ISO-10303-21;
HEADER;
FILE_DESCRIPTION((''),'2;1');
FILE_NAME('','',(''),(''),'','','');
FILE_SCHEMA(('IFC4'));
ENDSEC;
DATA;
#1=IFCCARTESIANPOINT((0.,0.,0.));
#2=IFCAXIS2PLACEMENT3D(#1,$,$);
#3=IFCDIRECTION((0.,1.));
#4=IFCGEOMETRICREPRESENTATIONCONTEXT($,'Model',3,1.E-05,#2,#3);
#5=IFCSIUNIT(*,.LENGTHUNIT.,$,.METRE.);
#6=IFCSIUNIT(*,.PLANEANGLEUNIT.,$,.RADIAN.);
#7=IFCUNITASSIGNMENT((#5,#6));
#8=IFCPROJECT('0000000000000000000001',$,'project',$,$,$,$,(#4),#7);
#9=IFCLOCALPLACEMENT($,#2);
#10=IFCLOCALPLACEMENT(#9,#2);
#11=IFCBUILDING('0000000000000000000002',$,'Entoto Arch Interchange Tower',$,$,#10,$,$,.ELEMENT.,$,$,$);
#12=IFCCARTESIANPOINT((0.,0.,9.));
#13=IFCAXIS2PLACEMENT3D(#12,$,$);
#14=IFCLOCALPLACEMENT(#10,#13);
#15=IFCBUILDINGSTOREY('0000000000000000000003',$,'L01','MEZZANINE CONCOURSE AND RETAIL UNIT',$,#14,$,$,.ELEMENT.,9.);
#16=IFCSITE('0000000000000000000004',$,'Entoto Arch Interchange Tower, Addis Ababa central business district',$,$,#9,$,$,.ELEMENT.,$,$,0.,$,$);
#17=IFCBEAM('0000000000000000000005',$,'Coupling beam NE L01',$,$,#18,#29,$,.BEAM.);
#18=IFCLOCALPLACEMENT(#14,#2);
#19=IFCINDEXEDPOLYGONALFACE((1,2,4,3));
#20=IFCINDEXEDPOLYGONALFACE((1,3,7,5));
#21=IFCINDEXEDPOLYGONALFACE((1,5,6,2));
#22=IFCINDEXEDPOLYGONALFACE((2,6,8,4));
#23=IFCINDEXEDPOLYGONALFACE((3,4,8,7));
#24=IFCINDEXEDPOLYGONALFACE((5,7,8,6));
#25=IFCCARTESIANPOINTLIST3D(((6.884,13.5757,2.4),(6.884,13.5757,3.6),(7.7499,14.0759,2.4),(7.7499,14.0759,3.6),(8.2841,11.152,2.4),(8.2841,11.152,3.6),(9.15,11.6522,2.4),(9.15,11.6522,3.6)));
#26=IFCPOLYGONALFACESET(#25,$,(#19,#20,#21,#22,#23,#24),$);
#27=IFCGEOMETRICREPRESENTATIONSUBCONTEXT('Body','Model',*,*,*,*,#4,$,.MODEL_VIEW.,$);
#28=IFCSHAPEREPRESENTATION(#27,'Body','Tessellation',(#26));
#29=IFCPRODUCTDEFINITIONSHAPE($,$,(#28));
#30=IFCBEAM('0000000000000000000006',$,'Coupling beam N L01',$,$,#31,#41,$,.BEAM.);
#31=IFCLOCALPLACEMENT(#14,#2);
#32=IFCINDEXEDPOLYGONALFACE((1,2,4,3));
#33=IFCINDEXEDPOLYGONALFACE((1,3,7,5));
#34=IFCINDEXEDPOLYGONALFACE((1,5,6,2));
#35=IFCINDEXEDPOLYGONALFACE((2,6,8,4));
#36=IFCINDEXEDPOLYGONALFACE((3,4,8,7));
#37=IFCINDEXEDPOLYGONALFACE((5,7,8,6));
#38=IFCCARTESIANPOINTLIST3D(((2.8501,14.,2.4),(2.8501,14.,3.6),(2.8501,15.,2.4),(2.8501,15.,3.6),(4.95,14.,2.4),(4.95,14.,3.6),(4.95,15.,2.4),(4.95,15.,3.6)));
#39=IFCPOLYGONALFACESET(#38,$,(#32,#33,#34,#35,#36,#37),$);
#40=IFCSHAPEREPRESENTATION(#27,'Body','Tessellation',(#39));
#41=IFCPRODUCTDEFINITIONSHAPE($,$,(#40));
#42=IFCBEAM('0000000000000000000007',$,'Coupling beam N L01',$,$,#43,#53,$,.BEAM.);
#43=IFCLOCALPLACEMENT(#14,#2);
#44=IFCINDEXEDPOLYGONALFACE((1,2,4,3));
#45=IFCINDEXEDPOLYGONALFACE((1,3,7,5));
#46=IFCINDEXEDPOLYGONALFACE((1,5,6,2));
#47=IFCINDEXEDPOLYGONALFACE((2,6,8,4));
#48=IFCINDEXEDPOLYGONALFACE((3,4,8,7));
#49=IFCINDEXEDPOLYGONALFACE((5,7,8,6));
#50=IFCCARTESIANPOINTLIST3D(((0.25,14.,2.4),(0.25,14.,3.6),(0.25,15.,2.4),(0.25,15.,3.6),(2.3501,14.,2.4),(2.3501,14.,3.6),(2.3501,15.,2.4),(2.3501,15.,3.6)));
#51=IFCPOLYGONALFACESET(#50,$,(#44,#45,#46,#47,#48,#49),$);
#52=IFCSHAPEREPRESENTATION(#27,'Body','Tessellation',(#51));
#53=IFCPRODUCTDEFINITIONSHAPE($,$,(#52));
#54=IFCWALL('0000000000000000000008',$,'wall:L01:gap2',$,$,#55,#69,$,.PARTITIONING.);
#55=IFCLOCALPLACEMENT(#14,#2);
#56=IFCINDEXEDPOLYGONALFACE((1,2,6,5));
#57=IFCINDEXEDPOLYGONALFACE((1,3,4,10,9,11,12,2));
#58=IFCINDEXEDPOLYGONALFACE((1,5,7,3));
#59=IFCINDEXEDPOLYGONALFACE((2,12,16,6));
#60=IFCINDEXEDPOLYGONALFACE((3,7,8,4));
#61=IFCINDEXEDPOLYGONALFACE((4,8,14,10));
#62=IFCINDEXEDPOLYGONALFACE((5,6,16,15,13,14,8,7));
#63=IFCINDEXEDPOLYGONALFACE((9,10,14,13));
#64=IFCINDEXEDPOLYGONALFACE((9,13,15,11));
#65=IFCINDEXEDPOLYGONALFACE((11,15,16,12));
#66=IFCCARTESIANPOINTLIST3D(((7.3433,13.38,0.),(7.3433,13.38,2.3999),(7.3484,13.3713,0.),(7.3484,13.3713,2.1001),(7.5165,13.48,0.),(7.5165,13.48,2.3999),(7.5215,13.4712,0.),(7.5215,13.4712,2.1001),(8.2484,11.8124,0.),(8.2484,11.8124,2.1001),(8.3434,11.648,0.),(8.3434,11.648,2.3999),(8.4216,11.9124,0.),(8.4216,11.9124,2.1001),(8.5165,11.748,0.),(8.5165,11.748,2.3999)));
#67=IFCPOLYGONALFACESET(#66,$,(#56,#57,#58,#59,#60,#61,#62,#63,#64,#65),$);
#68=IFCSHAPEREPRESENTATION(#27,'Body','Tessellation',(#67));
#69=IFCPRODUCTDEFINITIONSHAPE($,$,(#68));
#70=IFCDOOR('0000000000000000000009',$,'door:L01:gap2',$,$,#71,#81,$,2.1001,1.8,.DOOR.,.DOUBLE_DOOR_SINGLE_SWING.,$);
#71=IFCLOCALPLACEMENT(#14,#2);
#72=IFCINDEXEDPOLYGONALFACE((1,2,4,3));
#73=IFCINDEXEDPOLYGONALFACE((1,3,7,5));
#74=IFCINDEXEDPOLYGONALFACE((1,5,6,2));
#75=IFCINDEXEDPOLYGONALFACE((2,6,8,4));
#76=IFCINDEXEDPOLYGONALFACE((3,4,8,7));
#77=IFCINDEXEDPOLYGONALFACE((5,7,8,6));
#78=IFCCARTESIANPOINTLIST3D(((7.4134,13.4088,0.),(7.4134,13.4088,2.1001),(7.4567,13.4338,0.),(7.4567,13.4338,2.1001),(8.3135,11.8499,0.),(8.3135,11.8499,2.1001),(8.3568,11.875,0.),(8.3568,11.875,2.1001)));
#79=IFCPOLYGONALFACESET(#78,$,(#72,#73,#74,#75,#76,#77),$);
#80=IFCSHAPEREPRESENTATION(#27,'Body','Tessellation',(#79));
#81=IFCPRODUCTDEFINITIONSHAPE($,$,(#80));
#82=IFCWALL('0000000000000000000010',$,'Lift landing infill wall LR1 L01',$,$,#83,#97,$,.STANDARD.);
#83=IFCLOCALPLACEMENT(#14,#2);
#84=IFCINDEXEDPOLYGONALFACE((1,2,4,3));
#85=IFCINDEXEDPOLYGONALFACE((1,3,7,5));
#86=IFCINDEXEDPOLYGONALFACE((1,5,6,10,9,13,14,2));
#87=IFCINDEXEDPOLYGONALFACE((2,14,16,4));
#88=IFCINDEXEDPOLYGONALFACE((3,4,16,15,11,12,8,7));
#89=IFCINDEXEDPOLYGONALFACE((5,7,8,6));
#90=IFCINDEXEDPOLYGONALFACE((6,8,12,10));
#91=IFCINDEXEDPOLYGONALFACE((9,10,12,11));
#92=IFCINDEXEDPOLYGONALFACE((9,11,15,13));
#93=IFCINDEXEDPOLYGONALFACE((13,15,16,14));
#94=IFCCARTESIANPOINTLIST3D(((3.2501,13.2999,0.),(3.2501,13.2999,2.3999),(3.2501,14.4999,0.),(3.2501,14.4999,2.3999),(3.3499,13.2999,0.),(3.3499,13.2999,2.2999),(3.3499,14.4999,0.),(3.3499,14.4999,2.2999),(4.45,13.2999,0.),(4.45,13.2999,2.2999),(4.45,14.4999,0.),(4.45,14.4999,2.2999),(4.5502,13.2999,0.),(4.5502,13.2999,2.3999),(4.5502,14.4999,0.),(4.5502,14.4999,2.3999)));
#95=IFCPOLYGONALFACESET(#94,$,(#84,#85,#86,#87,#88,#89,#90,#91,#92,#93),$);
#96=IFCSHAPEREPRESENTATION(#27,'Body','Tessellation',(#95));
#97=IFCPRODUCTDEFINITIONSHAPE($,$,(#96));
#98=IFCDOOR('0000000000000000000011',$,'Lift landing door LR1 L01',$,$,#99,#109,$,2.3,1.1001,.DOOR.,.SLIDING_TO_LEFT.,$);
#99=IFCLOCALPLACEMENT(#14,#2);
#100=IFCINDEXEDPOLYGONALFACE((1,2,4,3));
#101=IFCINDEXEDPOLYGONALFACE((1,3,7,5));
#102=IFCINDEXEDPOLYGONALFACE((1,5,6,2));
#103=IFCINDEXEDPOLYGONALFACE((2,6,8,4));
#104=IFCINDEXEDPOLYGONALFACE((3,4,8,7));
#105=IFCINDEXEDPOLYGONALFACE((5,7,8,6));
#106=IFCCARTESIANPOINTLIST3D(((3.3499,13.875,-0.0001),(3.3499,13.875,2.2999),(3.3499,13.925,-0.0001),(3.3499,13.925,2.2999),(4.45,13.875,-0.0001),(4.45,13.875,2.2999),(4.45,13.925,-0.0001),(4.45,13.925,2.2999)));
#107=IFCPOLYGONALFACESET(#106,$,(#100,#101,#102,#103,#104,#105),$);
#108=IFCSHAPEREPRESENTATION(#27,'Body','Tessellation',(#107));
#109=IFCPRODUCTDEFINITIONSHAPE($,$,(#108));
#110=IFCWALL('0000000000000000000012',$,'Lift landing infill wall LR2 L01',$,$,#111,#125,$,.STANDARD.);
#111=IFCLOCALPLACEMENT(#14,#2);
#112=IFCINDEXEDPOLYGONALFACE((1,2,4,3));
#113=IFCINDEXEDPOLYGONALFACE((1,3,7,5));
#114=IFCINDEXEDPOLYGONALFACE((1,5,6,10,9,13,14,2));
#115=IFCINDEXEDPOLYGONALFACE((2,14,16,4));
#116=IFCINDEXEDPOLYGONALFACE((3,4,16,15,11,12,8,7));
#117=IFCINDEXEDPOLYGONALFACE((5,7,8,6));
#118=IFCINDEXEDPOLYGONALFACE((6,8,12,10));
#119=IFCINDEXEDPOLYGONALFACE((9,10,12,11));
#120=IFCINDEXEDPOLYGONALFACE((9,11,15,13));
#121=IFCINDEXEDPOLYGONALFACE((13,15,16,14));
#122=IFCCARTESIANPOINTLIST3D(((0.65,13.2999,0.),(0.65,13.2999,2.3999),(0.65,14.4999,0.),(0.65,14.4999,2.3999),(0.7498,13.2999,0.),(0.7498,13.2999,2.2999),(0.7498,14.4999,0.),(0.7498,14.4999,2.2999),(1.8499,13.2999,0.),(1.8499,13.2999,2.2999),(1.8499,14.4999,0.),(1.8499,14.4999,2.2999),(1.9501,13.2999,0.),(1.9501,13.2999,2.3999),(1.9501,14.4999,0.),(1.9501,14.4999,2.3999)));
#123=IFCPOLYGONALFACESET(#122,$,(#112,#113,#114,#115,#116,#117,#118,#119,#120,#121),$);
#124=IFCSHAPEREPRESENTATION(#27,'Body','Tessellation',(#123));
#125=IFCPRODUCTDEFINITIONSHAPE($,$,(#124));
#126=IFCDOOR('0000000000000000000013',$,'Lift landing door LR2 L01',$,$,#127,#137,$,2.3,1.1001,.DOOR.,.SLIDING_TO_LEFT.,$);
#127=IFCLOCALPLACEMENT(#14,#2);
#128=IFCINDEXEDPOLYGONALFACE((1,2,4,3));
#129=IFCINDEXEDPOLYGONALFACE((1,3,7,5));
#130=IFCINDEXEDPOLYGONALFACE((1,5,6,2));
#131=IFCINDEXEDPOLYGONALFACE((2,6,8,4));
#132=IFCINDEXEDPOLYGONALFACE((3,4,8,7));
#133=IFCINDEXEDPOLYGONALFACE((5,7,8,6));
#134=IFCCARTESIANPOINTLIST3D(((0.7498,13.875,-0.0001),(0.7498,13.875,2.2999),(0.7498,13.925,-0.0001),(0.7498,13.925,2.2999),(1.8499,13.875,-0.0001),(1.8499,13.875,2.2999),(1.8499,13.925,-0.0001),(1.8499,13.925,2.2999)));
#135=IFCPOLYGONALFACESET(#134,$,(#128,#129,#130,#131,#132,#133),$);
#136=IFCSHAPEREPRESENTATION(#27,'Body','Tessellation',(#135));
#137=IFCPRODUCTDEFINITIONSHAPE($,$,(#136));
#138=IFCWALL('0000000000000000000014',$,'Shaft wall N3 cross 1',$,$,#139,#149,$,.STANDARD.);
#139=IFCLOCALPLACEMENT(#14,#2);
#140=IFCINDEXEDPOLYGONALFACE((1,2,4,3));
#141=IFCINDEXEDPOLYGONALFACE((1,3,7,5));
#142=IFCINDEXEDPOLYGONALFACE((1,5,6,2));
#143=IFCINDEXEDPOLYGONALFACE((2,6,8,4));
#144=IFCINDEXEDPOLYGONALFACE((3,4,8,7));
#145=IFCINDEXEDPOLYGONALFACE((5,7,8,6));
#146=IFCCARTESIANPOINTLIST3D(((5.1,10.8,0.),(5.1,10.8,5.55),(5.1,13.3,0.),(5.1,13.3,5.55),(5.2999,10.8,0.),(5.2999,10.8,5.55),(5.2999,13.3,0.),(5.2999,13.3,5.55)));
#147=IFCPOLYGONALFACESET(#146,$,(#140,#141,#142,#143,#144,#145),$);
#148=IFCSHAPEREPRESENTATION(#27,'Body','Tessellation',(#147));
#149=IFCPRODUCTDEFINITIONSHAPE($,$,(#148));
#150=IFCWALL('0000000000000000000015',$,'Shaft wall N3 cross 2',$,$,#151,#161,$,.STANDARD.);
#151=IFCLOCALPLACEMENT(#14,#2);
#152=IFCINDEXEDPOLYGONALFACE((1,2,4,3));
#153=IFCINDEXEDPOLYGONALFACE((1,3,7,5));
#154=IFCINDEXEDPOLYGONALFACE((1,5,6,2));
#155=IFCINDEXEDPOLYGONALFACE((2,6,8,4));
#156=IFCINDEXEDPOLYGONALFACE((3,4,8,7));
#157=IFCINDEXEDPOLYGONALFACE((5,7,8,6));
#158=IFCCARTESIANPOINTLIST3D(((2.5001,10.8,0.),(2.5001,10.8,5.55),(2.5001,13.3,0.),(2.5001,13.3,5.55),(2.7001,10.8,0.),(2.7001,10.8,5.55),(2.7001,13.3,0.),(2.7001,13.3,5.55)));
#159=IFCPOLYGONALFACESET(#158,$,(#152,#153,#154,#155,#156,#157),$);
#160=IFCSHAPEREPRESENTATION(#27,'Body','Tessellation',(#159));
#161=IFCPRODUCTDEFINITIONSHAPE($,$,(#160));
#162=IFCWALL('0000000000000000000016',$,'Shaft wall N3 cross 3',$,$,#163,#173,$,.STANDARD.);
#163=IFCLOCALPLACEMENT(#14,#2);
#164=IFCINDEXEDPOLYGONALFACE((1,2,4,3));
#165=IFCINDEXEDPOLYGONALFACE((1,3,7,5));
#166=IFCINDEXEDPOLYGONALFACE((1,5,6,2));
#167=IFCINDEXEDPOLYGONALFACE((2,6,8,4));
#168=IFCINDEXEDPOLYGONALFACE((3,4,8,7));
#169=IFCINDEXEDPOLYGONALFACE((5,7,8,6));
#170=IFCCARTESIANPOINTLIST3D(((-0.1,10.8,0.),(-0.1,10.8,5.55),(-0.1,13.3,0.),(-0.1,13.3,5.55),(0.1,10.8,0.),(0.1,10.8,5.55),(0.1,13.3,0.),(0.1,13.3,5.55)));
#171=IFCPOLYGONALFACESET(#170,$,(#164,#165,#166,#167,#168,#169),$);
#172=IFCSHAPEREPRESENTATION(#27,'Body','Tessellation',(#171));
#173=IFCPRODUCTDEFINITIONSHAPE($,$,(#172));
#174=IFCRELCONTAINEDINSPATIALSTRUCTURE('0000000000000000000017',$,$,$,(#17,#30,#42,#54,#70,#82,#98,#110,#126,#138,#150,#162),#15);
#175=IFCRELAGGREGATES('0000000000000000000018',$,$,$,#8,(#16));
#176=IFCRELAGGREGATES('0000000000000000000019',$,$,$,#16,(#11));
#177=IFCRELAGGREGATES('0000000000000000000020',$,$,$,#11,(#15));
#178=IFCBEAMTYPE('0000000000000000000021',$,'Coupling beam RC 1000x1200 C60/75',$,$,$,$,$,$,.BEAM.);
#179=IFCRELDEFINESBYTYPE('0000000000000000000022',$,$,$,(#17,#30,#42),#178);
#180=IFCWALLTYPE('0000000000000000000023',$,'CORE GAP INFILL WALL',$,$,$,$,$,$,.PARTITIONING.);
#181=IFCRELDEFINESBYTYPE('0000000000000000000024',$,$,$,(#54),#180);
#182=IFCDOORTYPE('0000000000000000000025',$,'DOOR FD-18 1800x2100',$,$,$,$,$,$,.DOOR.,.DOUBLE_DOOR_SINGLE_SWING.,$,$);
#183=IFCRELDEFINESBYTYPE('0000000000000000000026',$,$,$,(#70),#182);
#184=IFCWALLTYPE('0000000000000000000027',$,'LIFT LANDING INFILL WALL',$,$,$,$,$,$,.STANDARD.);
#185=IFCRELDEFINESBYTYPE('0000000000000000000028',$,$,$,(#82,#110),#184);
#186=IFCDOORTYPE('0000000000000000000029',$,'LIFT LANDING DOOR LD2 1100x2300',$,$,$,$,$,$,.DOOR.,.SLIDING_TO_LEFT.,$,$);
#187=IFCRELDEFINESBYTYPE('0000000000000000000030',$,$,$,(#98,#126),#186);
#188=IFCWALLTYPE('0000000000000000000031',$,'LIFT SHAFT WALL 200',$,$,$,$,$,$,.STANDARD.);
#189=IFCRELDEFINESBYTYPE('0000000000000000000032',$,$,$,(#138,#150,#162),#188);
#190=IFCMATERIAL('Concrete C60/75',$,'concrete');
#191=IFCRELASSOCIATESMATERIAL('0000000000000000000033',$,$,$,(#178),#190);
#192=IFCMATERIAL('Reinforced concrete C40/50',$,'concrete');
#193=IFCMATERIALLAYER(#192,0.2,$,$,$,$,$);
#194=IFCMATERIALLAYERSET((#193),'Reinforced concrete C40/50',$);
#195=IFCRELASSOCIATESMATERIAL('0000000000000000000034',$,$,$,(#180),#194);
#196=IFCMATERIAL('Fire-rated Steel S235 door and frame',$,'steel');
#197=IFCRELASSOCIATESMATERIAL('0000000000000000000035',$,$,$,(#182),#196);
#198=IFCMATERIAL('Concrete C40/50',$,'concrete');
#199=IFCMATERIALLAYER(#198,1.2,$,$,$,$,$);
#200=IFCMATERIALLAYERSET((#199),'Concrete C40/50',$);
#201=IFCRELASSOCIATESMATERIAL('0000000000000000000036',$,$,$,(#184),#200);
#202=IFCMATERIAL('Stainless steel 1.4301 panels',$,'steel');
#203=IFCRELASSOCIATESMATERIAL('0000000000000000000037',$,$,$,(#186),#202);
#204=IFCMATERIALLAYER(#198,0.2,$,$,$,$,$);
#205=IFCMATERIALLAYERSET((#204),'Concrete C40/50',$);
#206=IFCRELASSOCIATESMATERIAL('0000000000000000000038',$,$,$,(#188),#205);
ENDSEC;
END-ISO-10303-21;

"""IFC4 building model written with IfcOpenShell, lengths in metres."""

from ifc_helpers import new_model, si_unit, direction, frame, frame_2d, origin, origin_2d, place, context, subcontext, project, spatial, rectangle, extrude, material, layer, layer_set, material_profile, profile_set, type_object, element, fill, save


model = new_model("IFC4")

# Units and contexts
model_context = context("Model", 3, precision=1e-05, world=origin(), true_north=direction((0.0, 1.0)))
body_context = subcontext(model_context, "Body", "Model", "MODEL_VIEW")
ifc_project = project(units=[si_unit("LENGTHUNIT", "METRE"), si_unit("PLANEANGLEUNIT", "RADIAN")], contexts=[model_context])

# Site, building, storey
site_placement = place(None, origin())
site = spatial("IfcSite", under=ifc_project, at=site_placement, Name="Entoto Arch Interchange Tower, Addis Ababa central business district", CompositionType="ELEMENT", RefElevation=0.0)
building_placement = place(site_placement, origin())
building = spatial("IfcBuilding", under=site, at=building_placement, Name="Entoto Arch Interchange Tower", CompositionType="ELEMENT")
storey_placement = place(building_placement, frame((0.0, 0.0, 9.0)))
storey = spatial("IfcBuildingStorey", under=building, at=storey_placement, Name="L01", Description="MEZZANINE CONCOURSE AND RETAIL UNIT", CompositionType="ELEMENT", Elevation=9.0)

# Beams
ifc_material_1 = material(Name="Concrete C60/75", Category="concrete")
ifc_material_profile = material_profile(ifc_material_1, rectangle(XDim=1.0, YDim=1.2, at=origin_2d()))
ifc_profile_set = profile_set([ifc_material_profile], Name="Concrete C60/75")
beam_type = type_object("IfcBeamType", Name="Coupling beam RC 1000x1200 C60/75", PredefinedType="BEAM", material=ifc_profile_set)
beam_1_placement = place(storey_placement, frame((8.717, 11.4021, 3.0), z_axis=(-0.500201, 0.86591, 0.0), x_axis=(-0.86591, -0.500201, 0.0)))
element("IfcBeam", 1, at=beam_1_placement, inside=storey, type_object=beam_type, Name="Coupling beam NE L01", PredefinedType="BEAM", context=body_context, shape_type="SweptSolid", body=[
    extrude(rectangle(XDim=1.0, YDim=1.2, at=origin_2d()), origin(), (0.0, 0.0, 1.0), 2.7991),
])
beam_2_placement = place(storey_placement, frame((4.95, 14.5, 3.0), z_axis=(-1.0, 0.0, 0.0), x_axis=(0.0, -1.0, 0.0)))
element("IfcBeam", 2, at=beam_2_placement, inside=storey, type_object=beam_type, Name="Coupling beam N L01", PredefinedType="BEAM", context=body_context, shape_type="SweptSolid", body=[
    extrude(rectangle(XDim=1.0, YDim=1.2, at=origin_2d()), origin(), (0.0, 0.0, 1.0), 2.0999),
])
beam_3_placement = place(storey_placement, frame((2.3501, 14.5, 3.0), z_axis=(-1.0, 0.0, 0.0), x_axis=(0.0, -1.0, 0.0)))
element("IfcBeam", 3, at=beam_3_placement, inside=storey, type_object=beam_type, Name="Coupling beam N L01", PredefinedType="BEAM", context=body_context, shape_type="SweptSolid", body=[
    extrude(rectangle(XDim=1.0, YDim=1.2, at=origin_2d()), origin(), (0.0, 0.0, 1.0), 2.1001),
])

# Walls, openings, doors
ifc_material_2 = material(Name="Reinforced concrete C40/50", Category="concrete")
ifc_layer_1 = layer(ifc_material_2, 0.2)
ifc_layer_set_1 = layer_set([ifc_layer_1], Name="Reinforced concrete C40/50")
wall_type_1 = type_object("IfcWallType", Name="CORE GAP INFILL WALL", PredefinedType="PARTITIONING", material=ifc_layer_set_1)
wall_1_placement = place(storey_placement, frame((8.4299, 11.698, 0.0), z_axis=(0.0, 0.0, 1.0), x_axis=(-0.500025, 0.866011, 0.0)))
wall_1 = element("IfcWall", 4, at=wall_1_placement, inside=storey, type_object=wall_type_1, Name="wall:L01:gap2", PredefinedType="PARTITIONING", context=body_context, shape_type="SweptSolid", body=[
    extrude(rectangle(XDim=2.0, YDim=0.2, at=frame_2d((1.0, 0.0))), origin(), (0.0, 0.0, 1.0), 2.3999),
])
opening_1_placement = place(wall_1_placement, frame((0.1899, 0.0, 0.0)))
opening_1 = element("IfcOpeningElement", 5, at=opening_1_placement, cuts=wall_1, PredefinedType="OPENING", context=body_context, shape_type="SweptSolid", body=[
    extrude(rectangle(XDim=1.8, YDim=2.1001, at=frame_2d((0.8999, 1.05))), frame((0.0, 0.1099, 0.0), z_axis=(0.0, -1.0, 0.0), x_axis=(1.0, 0.0, 0.0)), (0.0, 0.0, 1.0), 0.22),
])
ifc_material_3 = material(Name="Fire-rated Steel S235 door and frame", Category="steel")
door_type_1 = type_object("IfcDoorType", Name="DOOR FD-18 1800x2100", OperationType="DOUBLE_DOOR_SINGLE_SWING", PredefinedType="DOOR", material=ifc_material_3)
door_1_placement = place(opening_1_placement, origin())
door_1 = element("IfcDoor", 6, at=door_1_placement, inside=storey, type_object=door_type_1, Name="door:L01:gap2", OperationType="DOUBLE_DOOR_SINGLE_SWING", OverallHeight=2.1001, OverallWidth=1.8, PredefinedType="DOOR", context=body_context, shape_type="SweptSolid", body=[
    extrude(rectangle(XDim=1.8, YDim=2.1001, at=frame_2d((0.8999, 1.05))), frame((0.0, 0.0249, 0.0), z_axis=(0.0, -1.0, 0.0), x_axis=(1.0, 0.0, 0.0)), (0.0, 0.0, 1.0), 0.05),
])
fill(opening_1, door_1)
ifc_material_4 = material(Name="Concrete C40/50", Category="concrete")
ifc_layer_2 = layer(ifc_material_4, 1.2)
ifc_layer_set_2 = layer_set([ifc_layer_2], Name="Concrete C40/50")
wall_type_2 = type_object("IfcWallType", Name="LIFT LANDING INFILL WALL", PredefinedType="STANDARD", material=ifc_layer_set_2)
wall_2_placement = place(storey_placement, frame((4.55, 13.8999, 0.0), z_axis=(0.0, 0.0, 1.0), x_axis=(-1.0, 0.0, 0.0)))
wall_2 = element("IfcWall", 7, at=wall_2_placement, inside=storey, type_object=wall_type_2, Name="Lift landing infill wall LR1 L01", PredefinedType="STANDARD", context=body_context, shape_type="SweptSolid", body=[
    extrude(rectangle(XDim=1.3, YDim=1.2, at=frame_2d((0.6499, 0.0))), origin(), (0.0, 0.0, 1.0), 2.3999),
])
opening_2_placement = place(wall_2_placement, frame((0.1001, 0.0, 0.0)))
opening_2 = element("IfcOpeningElement", 8, at=opening_2_placement, cuts=wall_2, PredefinedType="OPENING", context=body_context, shape_type="SweptSolid", body=[
    extrude(rectangle(XDim=1.1001, YDim=2.3, at=frame_2d((0.55, 1.1499))), frame((0.0, 0.6099, 0.0), z_axis=(0.0, -1.0, 0.0), x_axis=(1.0, 0.0, 0.0)), (0.0, 0.0, 1.0), 1.22),
])
ifc_material_5 = material(Name="Stainless steel 1.4301 panels", Category="steel")
door_type_2 = type_object("IfcDoorType", Name="LIFT LANDING DOOR LD2 1100x2300", OperationType="SLIDING_TO_LEFT", PredefinedType="DOOR", material=ifc_material_5)
door_2_placement = place(opening_2_placement, origin())
door_2 = element("IfcDoor", 9, at=door_2_placement, inside=storey, type_object=door_type_2, Name="Lift landing door LR1 L01", OperationType="SLIDING_TO_LEFT", OverallHeight=2.3, OverallWidth=1.1001, PredefinedType="DOOR", context=body_context, shape_type="SweptSolid", body=[
    extrude(rectangle(XDim=1.1001, YDim=2.3, at=frame_2d((0.55, 1.1499))), frame((0.0, 0.0249, 0.0), z_axis=(0.0, -1.0, 0.0), x_axis=(1.0, 0.0, 0.0)), (0.0, 0.0, 1.0), 0.05),
])
fill(opening_2, door_2)
wall_3_placement = place(storey_placement, frame((1.95, 13.8999, 0.0), z_axis=(0.0, 0.0, 1.0), x_axis=(-1.0, 0.0, 0.0)))
wall_3 = element("IfcWall", 10, at=wall_3_placement, inside=storey, type_object=wall_type_2, Name="Lift landing infill wall LR2 L01", PredefinedType="STANDARD", context=body_context, shape_type="SweptSolid", body=[
    extrude(rectangle(XDim=1.3, YDim=1.2, at=frame_2d((0.6499, 0.0))), origin(), (0.0, 0.0, 1.0), 2.3999),
])
opening_3_placement = place(wall_3_placement, frame((0.1001, 0.0, 0.0)))
opening_3 = element("IfcOpeningElement", 11, at=opening_3_placement, cuts=wall_3, PredefinedType="OPENING", context=body_context, shape_type="SweptSolid", body=[
    extrude(rectangle(XDim=1.1001, YDim=2.3, at=frame_2d((0.55, 1.1499))), frame((0.0, 0.6099, 0.0), z_axis=(0.0, -1.0, 0.0), x_axis=(1.0, 0.0, 0.0)), (0.0, 0.0, 1.0), 1.22),
])
door_3_placement = place(opening_3_placement, origin())
door_3 = element("IfcDoor", 12, at=door_3_placement, inside=storey, type_object=door_type_2, Name="Lift landing door LR2 L01", OperationType="SLIDING_TO_LEFT", OverallHeight=2.3, OverallWidth=1.1001, PredefinedType="DOOR", context=body_context, shape_type="SweptSolid", body=[
    extrude(rectangle(XDim=1.1001, YDim=2.3, at=frame_2d((0.55, 1.1499))), frame((0.0, 0.0249, 0.0), z_axis=(0.0, -1.0, 0.0), x_axis=(1.0, 0.0, 0.0)), (0.0, 0.0, 1.0), 0.05),
])
fill(opening_3, door_3)

# Walls
ifc_layer_3 = layer(ifc_material_4, 0.2)
ifc_layer_set_3 = layer_set([ifc_layer_3], Name="Concrete C40/50")
wall_type_3 = type_object("IfcWallType", Name="LIFT SHAFT WALL 200", PredefinedType="STANDARD", material=ifc_layer_set_3)
for number, where, z_axis, x_axis, name in (
    (13, (5.2, 10.8, 0.0), (0.0, 0.0, 1.0), (0.0, 1.0, 0.0), "Shaft wall N3 cross 1"),
    (14, (2.6001, 10.8, 0.0), (0.0, 0.0, 1.0), (0.0, 1.0, 0.0), "Shaft wall N3 cross 2"),
    (15, (0.0, 10.8, 0.0), (0.0, 0.0, 1.0), (0.0, 1.0, 0.0), "Shaft wall N3 cross 3"),
):
    element("IfcWall", number, at=place(storey_placement, frame(where, z_axis=z_axis, x_axis=x_axis)), inside=storey, type_object=wall_type_3, Name=name, PredefinedType="STANDARD", context=body_context, shape_type="SweptSolid", body=[
        extrude(rectangle(XDim=2.5, YDim=0.2, at=frame_2d((1.25, 0.0))), origin(), (0.0, 0.0, 1.0), 5.55),
    ])

save(model, "model.ifc")
